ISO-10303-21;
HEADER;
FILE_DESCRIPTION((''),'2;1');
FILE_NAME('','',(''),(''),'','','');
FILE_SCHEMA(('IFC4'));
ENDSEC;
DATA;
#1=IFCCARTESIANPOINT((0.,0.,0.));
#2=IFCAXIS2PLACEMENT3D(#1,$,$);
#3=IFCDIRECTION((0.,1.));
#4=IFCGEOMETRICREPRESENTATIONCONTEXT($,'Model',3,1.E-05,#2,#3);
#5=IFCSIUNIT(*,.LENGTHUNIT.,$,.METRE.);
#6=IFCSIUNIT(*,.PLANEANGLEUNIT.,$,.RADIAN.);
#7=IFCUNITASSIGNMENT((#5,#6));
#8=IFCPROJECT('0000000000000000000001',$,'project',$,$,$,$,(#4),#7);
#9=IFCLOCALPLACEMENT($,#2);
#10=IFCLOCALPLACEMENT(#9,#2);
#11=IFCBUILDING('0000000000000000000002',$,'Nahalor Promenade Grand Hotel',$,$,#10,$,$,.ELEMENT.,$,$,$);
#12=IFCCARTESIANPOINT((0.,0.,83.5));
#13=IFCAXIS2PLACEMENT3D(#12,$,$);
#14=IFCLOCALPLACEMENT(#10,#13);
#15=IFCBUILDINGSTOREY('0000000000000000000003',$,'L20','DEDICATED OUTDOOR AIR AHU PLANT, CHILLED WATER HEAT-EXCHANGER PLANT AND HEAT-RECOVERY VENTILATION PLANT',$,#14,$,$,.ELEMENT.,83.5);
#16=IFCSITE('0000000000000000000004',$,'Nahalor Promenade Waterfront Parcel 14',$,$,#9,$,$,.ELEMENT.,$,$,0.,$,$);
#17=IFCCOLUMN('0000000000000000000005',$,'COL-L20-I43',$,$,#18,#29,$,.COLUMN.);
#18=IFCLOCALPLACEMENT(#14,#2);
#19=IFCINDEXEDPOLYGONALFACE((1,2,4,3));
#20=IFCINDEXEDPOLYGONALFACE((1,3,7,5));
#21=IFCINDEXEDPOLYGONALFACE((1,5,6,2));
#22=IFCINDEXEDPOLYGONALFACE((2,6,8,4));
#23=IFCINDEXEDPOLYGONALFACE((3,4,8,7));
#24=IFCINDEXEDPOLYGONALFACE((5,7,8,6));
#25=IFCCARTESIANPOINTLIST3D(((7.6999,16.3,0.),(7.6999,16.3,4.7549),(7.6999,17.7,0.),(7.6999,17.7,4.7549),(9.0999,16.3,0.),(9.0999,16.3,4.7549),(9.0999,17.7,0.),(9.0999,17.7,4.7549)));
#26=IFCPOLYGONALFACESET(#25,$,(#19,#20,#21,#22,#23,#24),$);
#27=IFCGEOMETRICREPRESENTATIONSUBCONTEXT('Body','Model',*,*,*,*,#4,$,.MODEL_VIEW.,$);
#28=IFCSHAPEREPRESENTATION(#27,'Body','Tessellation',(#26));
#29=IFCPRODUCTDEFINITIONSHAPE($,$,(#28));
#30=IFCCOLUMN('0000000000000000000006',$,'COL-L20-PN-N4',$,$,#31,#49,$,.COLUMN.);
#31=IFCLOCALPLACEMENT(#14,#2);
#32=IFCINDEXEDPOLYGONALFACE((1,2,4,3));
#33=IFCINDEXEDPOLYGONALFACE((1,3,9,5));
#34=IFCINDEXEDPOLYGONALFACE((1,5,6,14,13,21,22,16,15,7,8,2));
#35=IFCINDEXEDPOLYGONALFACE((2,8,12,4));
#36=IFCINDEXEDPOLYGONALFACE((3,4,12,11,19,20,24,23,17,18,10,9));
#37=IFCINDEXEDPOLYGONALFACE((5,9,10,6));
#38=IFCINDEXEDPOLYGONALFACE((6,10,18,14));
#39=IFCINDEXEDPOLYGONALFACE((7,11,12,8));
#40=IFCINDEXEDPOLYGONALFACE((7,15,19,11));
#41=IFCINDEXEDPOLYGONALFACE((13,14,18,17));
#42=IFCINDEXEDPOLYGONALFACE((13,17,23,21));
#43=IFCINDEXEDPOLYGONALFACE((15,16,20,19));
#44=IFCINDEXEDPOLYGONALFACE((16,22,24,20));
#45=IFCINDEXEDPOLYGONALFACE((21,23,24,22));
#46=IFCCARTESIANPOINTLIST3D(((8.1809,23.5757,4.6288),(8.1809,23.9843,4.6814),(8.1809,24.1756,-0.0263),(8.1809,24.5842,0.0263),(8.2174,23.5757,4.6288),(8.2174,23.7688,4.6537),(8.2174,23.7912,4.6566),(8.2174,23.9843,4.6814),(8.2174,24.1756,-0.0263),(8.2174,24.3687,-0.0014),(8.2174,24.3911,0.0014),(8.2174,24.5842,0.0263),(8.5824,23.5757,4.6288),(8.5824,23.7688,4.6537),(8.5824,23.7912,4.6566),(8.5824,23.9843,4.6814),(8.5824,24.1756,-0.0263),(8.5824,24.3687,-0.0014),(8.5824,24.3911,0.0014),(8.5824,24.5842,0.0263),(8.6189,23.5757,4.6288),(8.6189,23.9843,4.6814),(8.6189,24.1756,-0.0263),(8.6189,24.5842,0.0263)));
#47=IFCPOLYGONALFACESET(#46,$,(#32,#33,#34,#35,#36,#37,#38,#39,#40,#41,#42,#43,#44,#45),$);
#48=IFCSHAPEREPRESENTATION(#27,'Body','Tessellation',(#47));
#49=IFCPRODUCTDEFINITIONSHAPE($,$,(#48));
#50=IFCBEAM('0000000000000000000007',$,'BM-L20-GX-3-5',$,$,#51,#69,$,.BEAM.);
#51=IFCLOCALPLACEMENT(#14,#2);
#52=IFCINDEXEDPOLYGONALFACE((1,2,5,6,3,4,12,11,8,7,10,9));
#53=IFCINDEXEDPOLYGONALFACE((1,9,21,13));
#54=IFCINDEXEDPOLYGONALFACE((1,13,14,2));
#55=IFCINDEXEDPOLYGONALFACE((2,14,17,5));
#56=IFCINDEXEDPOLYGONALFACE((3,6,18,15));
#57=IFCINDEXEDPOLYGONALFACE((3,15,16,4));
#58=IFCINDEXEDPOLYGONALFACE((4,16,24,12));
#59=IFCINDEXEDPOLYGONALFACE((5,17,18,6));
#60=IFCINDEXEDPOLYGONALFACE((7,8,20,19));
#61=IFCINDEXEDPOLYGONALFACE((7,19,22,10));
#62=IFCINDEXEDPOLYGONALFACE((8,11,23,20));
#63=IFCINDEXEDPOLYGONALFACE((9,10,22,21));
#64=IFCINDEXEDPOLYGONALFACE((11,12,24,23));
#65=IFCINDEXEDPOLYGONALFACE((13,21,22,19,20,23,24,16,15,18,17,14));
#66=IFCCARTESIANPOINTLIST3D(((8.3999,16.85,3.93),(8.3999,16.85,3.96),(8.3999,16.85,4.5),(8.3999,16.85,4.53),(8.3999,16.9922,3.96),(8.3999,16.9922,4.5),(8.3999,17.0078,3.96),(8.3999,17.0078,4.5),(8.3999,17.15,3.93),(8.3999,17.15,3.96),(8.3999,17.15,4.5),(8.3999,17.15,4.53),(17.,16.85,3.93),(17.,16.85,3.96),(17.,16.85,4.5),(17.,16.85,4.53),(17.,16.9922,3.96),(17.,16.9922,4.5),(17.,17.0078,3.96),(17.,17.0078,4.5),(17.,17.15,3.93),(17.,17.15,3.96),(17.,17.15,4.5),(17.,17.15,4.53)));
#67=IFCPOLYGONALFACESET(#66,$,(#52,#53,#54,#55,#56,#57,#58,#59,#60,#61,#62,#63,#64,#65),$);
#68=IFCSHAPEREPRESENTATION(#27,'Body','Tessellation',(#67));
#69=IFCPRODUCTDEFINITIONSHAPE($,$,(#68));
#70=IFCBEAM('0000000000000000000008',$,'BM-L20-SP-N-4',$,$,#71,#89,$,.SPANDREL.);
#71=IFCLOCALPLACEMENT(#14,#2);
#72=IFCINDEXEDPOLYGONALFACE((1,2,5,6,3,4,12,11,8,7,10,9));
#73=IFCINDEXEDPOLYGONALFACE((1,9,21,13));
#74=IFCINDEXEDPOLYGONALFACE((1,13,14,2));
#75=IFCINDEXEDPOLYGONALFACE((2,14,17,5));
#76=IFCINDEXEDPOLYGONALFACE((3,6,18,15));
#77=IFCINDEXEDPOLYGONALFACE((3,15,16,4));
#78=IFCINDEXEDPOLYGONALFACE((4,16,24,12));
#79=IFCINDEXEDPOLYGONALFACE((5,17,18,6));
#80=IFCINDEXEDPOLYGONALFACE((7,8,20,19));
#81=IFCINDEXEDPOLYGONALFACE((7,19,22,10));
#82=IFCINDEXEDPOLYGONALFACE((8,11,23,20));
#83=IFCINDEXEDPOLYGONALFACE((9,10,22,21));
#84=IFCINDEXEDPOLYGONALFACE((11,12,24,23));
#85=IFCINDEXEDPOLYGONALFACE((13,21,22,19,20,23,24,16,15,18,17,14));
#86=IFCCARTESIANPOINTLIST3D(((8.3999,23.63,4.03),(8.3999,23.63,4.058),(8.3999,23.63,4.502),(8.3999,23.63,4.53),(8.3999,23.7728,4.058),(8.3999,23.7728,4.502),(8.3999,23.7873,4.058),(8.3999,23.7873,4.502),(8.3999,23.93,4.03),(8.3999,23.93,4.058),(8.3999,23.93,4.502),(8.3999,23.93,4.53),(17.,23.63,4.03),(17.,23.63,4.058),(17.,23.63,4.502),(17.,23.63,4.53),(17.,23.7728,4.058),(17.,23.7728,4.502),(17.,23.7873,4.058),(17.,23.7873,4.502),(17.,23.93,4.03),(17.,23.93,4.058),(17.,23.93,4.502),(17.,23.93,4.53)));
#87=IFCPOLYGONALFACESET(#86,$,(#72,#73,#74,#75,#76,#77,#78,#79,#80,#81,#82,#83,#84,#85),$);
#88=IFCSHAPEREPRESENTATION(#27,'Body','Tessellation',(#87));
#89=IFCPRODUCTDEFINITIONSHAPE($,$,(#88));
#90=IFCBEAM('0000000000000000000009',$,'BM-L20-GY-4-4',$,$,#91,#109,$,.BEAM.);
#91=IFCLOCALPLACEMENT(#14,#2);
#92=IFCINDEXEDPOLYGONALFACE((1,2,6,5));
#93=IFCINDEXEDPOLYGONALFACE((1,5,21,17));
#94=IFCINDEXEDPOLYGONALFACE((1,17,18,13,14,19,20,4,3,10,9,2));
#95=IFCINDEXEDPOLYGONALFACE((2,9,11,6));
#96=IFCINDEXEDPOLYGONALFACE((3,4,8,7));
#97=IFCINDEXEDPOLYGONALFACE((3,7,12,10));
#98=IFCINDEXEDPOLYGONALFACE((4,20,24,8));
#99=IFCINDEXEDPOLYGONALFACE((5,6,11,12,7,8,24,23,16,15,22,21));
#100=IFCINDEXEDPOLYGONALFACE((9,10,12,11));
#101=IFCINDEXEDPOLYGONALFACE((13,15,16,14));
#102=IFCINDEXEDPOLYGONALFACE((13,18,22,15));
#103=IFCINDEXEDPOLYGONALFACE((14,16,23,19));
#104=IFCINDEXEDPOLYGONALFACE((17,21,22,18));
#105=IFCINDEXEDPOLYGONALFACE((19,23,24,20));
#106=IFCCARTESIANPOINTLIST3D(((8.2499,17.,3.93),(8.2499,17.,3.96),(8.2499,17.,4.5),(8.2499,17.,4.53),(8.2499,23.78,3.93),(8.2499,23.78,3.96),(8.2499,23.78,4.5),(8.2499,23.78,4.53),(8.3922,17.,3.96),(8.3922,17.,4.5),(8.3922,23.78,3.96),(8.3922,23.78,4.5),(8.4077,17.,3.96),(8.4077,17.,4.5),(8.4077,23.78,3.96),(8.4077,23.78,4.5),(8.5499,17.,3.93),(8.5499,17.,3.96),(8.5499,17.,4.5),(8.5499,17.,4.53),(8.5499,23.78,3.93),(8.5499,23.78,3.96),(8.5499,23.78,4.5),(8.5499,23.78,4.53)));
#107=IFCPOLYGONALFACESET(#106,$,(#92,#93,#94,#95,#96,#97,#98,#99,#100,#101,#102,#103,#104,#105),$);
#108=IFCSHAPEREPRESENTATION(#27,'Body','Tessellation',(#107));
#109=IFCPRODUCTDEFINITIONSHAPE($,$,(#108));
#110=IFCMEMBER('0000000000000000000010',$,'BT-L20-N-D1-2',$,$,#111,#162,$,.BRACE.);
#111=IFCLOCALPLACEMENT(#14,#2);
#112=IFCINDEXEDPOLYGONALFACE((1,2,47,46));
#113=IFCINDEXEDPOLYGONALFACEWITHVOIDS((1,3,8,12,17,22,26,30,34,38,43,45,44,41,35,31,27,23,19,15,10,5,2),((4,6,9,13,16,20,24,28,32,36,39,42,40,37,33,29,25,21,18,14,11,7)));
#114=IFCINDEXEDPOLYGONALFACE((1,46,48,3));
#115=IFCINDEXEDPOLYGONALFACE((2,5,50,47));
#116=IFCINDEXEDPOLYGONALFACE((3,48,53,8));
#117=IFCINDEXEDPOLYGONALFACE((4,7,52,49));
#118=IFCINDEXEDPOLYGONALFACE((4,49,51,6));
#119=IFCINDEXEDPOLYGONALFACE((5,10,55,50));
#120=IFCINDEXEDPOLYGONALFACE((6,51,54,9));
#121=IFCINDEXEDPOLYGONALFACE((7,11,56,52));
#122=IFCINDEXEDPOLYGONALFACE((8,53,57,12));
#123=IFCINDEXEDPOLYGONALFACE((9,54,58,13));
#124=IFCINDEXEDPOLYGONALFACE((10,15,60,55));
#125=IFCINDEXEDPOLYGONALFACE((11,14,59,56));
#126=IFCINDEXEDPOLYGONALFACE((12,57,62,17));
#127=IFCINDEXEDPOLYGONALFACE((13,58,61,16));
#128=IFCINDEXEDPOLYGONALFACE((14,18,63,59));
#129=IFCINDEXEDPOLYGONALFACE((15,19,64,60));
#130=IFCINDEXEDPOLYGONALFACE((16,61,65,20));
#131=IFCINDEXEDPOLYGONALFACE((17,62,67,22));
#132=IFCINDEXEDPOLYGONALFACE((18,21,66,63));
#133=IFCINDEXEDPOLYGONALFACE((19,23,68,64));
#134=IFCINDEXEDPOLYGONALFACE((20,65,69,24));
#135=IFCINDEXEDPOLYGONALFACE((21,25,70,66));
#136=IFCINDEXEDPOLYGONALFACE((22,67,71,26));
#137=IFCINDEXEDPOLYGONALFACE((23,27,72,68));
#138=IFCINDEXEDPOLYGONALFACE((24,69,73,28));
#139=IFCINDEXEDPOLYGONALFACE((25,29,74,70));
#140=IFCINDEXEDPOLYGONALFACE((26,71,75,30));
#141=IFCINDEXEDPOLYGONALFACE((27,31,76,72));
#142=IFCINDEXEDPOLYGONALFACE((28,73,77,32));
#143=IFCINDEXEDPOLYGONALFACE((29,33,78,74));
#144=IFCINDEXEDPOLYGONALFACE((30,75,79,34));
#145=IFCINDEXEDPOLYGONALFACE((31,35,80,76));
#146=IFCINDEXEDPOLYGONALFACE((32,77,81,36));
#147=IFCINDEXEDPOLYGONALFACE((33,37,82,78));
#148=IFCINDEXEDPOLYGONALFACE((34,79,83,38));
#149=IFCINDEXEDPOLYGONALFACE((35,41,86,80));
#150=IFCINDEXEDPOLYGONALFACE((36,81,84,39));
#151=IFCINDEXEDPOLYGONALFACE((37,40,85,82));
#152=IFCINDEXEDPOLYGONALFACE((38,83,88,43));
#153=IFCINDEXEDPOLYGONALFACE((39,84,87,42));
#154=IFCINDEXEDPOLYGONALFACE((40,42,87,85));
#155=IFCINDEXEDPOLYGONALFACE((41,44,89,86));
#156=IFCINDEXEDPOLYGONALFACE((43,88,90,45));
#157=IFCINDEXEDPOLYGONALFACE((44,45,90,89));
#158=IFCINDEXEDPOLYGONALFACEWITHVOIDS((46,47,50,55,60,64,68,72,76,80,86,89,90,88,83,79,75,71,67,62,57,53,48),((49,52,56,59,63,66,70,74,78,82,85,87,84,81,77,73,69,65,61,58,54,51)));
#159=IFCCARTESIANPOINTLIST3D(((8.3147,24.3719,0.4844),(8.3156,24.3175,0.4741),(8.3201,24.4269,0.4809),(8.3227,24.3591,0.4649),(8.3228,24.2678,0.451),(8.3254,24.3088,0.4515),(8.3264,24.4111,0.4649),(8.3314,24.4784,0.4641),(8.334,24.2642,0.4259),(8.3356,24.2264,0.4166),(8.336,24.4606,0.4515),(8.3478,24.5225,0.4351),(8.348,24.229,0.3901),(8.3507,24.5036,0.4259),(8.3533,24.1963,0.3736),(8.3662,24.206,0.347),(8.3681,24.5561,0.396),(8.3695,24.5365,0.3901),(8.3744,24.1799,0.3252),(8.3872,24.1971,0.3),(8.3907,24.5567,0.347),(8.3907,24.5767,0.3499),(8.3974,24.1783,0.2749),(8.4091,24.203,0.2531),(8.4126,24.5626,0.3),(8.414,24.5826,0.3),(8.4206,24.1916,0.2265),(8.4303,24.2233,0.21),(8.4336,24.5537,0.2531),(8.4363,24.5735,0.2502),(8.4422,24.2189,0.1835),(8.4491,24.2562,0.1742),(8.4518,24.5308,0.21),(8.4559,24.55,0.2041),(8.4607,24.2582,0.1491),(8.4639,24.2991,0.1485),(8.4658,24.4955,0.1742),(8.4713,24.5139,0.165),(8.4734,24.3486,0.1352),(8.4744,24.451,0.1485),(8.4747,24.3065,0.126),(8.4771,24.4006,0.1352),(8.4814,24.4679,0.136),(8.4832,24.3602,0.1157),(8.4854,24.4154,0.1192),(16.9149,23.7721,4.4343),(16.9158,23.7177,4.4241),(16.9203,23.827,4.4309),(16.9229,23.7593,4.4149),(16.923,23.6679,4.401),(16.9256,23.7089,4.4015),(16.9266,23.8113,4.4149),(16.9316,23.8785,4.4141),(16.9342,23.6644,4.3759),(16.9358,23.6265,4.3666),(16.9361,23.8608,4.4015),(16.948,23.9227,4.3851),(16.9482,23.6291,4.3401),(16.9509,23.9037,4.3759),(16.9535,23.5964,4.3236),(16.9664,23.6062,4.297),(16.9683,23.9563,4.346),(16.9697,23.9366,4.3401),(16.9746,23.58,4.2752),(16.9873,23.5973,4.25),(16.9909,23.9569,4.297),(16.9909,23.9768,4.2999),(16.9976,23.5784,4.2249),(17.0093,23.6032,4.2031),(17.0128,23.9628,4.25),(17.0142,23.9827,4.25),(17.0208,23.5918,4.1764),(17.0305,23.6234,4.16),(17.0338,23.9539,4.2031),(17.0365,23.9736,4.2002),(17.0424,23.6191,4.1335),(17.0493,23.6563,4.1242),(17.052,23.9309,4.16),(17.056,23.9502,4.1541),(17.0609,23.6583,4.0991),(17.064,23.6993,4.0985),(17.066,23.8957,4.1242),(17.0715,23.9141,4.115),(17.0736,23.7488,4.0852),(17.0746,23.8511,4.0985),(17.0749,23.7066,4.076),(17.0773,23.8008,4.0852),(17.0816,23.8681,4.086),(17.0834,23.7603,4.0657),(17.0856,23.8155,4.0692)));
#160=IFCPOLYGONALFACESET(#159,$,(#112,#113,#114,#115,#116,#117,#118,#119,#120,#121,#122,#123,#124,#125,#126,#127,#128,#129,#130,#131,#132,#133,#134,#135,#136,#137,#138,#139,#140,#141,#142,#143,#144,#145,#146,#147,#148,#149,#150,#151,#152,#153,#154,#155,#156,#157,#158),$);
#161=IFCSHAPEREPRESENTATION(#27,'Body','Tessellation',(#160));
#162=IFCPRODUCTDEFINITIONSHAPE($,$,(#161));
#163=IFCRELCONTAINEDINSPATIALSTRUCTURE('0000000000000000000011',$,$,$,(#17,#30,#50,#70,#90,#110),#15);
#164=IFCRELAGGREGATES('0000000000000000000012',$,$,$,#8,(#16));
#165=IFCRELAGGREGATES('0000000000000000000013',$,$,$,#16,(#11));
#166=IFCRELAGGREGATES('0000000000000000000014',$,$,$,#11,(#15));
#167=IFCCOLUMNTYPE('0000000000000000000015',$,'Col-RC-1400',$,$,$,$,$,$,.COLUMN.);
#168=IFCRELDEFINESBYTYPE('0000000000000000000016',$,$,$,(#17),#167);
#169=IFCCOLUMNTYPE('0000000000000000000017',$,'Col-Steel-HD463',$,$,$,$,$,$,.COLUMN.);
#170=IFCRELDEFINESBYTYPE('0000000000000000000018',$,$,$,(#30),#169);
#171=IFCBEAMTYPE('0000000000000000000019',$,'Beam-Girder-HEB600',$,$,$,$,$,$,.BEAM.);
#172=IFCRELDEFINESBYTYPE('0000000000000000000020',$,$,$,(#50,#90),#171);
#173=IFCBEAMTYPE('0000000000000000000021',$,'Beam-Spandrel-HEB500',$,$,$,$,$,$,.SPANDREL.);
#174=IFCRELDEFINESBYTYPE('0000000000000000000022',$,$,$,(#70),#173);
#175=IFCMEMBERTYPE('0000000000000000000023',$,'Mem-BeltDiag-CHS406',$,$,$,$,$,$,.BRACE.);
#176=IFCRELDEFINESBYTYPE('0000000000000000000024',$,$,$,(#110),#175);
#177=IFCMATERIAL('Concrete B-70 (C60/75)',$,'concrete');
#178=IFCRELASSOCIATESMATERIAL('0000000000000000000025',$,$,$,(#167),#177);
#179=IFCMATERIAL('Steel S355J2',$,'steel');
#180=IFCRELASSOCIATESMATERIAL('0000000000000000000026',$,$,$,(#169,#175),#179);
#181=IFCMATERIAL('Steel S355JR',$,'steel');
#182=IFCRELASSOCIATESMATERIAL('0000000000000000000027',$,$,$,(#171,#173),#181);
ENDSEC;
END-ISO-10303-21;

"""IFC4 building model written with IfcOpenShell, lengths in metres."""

from ifc_helpers import new_model, si_unit, direction, frame, origin, origin_2d, place, context, subcontext, project, spatial, rectangle, hollow_circle, i_section, extrude, source, transform, mapped, material, material_profile, profile_set, type_object, element, save


model = new_model("IFC4")

# Units and contexts
model_context = context("Model", 3, precision=1e-05, world=origin(), true_north=direction((0.0, 1.0)))
body_context = subcontext(model_context, "Body", "Model", "MODEL_VIEW")
ifc_project = project(units=[si_unit("LENGTHUNIT", "METRE"), si_unit("PLANEANGLEUNIT", "RADIAN")], contexts=[model_context])

# Site, building, storey
site_placement = place(None, origin())
site = spatial("IfcSite", under=ifc_project, at=site_placement, Name="Nahalor Promenade Waterfront Parcel 14", CompositionType="ELEMENT", RefElevation=0.0)
building_placement = place(site_placement, origin())
building = spatial("IfcBuilding", under=site, at=building_placement, Name="Nahalor Promenade Grand Hotel", CompositionType="ELEMENT")
storey_placement = place(building_placement, frame((0.0, 0.0, 83.5)))
storey = spatial("IfcBuildingStorey", under=building, at=storey_placement, Name="L20", Description="DEDICATED OUTDOOR AIR AHU PLANT, CHILLED WATER HEAT-EXCHANGER PLANT AND HEAT-RECOVERY VENTILATION PLANT", CompositionType="ELEMENT", Elevation=83.5)

# Columns
ifc_material_1 = material(Name="Concrete B-70 (C60/75)", Category="concrete")
ifc_material_profile_1 = material_profile(ifc_material_1, rectangle(XDim=1.4, YDim=1.4, at=origin_2d()), Name="RC 1400x1400")
ifc_profile_set_1 = profile_set([ifc_material_profile_1], Name="Concrete B-70 (C60/75)")
column_type_1 = type_object("IfcColumnType", Name="Col-RC-1400", PredefinedType="COLUMN", material=ifc_profile_set_1)
shared_shape_1 = source(origin(), body_context, "Body", "SweptSolid", [
    extrude(rectangle(XDim=1.4, YDim=1.4, at=origin_2d()), origin(), (0.0, 0.0, 1.0), 4.7549),
])
column_1_placement = place(storey_placement, frame((8.3999, 17.0, 0.0), z_axis=(0.0, 0.0, 1.0), x_axis=(1.0, 0.0, 0.0)))
element("IfcColumn", 1, at=column_1_placement, inside=storey, type_object=column_type_1, Name="COL-L20-I43", PredefinedType="COLUMN", context=body_context, shape_type="MappedRepresentation", body=[
    mapped(shared_shape_1, transform((0.0, 0.0, 0.0), scale=1.0)),
])
ifc_material_2 = material(Name="Steel S355J2", Category="steel")
ifc_material_profile_2 = material_profile(ifc_material_2, i_section(OverallWidth=0.412, OverallDepth=0.438, WebThickness=0.0226, FlangeThickness=0.0365, at=origin_2d()), Name="HD 400x463")
ifc_profile_set_2 = profile_set([ifc_material_profile_2], Name="Steel S355J2")
column_type_2 = type_object("IfcColumnType", Name="Col-Steel-HD463", PredefinedType="COLUMN", material=ifc_profile_set_2)
shared_shape_2 = source(origin(), body_context, "Body", "SweptSolid", [
    extrude(i_section(OverallWidth=0.412, OverallDepth=0.438, WebThickness=0.0226, FlangeThickness=0.0365, at=origin_2d()), origin(), (0.0, 0.0, 1.0), 4.6936),
])
column_2_placement = place(storey_placement, frame((8.3999, 24.3799, 0.0), z_axis=(0.0, -0.127805, 0.991799), x_axis=(0.0, 0.991799, 0.127805)))
element("IfcColumn", 2, at=column_2_placement, inside=storey, type_object=column_type_2, Name="COL-L20-PN-N4", PredefinedType="COLUMN", context=body_context, shape_type="MappedRepresentation", body=[
    mapped(shared_shape_2, transform((0.0, 0.0, 0.0), scale=1.0)),
])

# Beams
ifc_material_3 = material(Name="Steel S355JR", Category="steel")
ifc_material_profile_3 = material_profile(ifc_material_3, i_section(OverallWidth=0.3, OverallDepth=0.6, WebThickness=0.0155, FlangeThickness=0.03, at=origin_2d()), Name="HEB 600")
ifc_profile_set_3 = profile_set([ifc_material_profile_3], Name="Steel S355JR")
beam_type_1 = type_object("IfcBeamType", Name="Beam-Girder-HEB600", PredefinedType="BEAM", material=ifc_profile_set_3)
shared_shape_3 = source(origin(), body_context, "Body", "SweptSolid", [
    extrude(i_section(OverallWidth=0.3, OverallDepth=0.6, WebThickness=0.0155, FlangeThickness=0.03, at=origin_2d()), origin(), (0.0, 0.0, 1.0), 8.6001),
])
beam_1_placement = place(storey_placement, frame((8.3999, 17.0, 4.23), z_axis=(1.0, 0.0, 0.0), x_axis=(0.0, 1.0, 0.0)))
element("IfcBeam", 3, at=beam_1_placement, inside=storey, type_object=beam_type_1, Name="BM-L20-GX-3-5", PredefinedType="BEAM", context=body_context, shape_type="MappedRepresentation", body=[
    mapped(shared_shape_3, transform((0.0, 0.0, 0.0), scale=1.0)),
])
ifc_material_profile_4 = material_profile(ifc_material_3, i_section(OverallWidth=0.3, OverallDepth=0.5, WebThickness=0.0145, FlangeThickness=0.028, at=origin_2d()), Name="HEB 500")
ifc_profile_set_4 = profile_set([ifc_material_profile_4], Name="Steel S355JR")
beam_type_2 = type_object("IfcBeamType", Name="Beam-Spandrel-HEB500", PredefinedType="SPANDREL", material=ifc_profile_set_4)
shared_shape_4 = source(origin(), body_context, "Body", "SweptSolid", [
    extrude(i_section(OverallWidth=0.3, OverallDepth=0.5, WebThickness=0.0145, FlangeThickness=0.028, at=origin_2d()), origin(), (0.0, 0.0, 1.0), 8.6001),
])
beam_2_placement = place(storey_placement, frame((8.3999, 23.78, 4.28), z_axis=(1.0, 0.0, 0.0), x_axis=(0.0, 1.0, 0.0)))
element("IfcBeam", 4, at=beam_2_placement, inside=storey, type_object=beam_type_2, Name="BM-L20-SP-N-4", PredefinedType="SPANDREL", context=body_context, shape_type="MappedRepresentation", body=[
    mapped(shared_shape_4, transform((0.0, 0.0, 0.0), scale=1.0)),
])
shared_shape_5 = source(origin(), body_context, "Body", "SweptSolid", [
    extrude(i_section(OverallWidth=0.3, OverallDepth=0.6, WebThickness=0.0155, FlangeThickness=0.03, at=origin_2d()), origin(), (0.0, 0.0, 1.0), 6.78),
])
beam_3_placement = place(storey_placement, frame((8.3999, 17.0, 4.23), z_axis=(0.0, 1.0, 0.0), x_axis=(-1.0, 0.0, 0.0)))
element("IfcBeam", 5, at=beam_3_placement, inside=storey, type_object=beam_type_1, Name="BM-L20-GY-4-4", PredefinedType="BEAM", context=body_context, shape_type="MappedRepresentation", body=[
    mapped(shared_shape_5, transform((0.0, 0.0, 0.0), scale=1.0)),
])

# Member
ifc_material_profile_5 = material_profile(ifc_material_2, hollow_circle(Radius=0.2032, WallThickness=0.02, at=origin_2d()), Name="CHS 406.4x20")
ifc_profile_set_5 = profile_set([ifc_material_profile_5], Name="Steel S355J2")
member_type = type_object("IfcMemberType", Name="Mem-BeltDiag-CHS406", PredefinedType="BRACE", material=ifc_profile_set_5)
shared_shape_6 = source(origin(), body_context, "Body", "SweptSolid", [
    extrude(hollow_circle(Radius=0.2032, WallThickness=0.02, at=origin_2d()), origin(), (0.0, 0.0, 1.0), 9.4829),
])
member_1_placement = place(storey_placement, frame((8.3999, 24.3799, 0.3), z_axis=(0.906915, -0.063257, 0.416538), x_axis=(0.069581, 0.997576, 0.0)))
element("IfcMember", 6, at=member_1_placement, inside=storey, type_object=member_type, Name="BT-L20-N-D1-2", PredefinedType="BRACE", context=body_context, shape_type="MappedRepresentation", body=[
    mapped(shared_shape_6, transform((0.0, 0.0, 0.0), scale=1.0)),
])

save(model, "model.ifc")
